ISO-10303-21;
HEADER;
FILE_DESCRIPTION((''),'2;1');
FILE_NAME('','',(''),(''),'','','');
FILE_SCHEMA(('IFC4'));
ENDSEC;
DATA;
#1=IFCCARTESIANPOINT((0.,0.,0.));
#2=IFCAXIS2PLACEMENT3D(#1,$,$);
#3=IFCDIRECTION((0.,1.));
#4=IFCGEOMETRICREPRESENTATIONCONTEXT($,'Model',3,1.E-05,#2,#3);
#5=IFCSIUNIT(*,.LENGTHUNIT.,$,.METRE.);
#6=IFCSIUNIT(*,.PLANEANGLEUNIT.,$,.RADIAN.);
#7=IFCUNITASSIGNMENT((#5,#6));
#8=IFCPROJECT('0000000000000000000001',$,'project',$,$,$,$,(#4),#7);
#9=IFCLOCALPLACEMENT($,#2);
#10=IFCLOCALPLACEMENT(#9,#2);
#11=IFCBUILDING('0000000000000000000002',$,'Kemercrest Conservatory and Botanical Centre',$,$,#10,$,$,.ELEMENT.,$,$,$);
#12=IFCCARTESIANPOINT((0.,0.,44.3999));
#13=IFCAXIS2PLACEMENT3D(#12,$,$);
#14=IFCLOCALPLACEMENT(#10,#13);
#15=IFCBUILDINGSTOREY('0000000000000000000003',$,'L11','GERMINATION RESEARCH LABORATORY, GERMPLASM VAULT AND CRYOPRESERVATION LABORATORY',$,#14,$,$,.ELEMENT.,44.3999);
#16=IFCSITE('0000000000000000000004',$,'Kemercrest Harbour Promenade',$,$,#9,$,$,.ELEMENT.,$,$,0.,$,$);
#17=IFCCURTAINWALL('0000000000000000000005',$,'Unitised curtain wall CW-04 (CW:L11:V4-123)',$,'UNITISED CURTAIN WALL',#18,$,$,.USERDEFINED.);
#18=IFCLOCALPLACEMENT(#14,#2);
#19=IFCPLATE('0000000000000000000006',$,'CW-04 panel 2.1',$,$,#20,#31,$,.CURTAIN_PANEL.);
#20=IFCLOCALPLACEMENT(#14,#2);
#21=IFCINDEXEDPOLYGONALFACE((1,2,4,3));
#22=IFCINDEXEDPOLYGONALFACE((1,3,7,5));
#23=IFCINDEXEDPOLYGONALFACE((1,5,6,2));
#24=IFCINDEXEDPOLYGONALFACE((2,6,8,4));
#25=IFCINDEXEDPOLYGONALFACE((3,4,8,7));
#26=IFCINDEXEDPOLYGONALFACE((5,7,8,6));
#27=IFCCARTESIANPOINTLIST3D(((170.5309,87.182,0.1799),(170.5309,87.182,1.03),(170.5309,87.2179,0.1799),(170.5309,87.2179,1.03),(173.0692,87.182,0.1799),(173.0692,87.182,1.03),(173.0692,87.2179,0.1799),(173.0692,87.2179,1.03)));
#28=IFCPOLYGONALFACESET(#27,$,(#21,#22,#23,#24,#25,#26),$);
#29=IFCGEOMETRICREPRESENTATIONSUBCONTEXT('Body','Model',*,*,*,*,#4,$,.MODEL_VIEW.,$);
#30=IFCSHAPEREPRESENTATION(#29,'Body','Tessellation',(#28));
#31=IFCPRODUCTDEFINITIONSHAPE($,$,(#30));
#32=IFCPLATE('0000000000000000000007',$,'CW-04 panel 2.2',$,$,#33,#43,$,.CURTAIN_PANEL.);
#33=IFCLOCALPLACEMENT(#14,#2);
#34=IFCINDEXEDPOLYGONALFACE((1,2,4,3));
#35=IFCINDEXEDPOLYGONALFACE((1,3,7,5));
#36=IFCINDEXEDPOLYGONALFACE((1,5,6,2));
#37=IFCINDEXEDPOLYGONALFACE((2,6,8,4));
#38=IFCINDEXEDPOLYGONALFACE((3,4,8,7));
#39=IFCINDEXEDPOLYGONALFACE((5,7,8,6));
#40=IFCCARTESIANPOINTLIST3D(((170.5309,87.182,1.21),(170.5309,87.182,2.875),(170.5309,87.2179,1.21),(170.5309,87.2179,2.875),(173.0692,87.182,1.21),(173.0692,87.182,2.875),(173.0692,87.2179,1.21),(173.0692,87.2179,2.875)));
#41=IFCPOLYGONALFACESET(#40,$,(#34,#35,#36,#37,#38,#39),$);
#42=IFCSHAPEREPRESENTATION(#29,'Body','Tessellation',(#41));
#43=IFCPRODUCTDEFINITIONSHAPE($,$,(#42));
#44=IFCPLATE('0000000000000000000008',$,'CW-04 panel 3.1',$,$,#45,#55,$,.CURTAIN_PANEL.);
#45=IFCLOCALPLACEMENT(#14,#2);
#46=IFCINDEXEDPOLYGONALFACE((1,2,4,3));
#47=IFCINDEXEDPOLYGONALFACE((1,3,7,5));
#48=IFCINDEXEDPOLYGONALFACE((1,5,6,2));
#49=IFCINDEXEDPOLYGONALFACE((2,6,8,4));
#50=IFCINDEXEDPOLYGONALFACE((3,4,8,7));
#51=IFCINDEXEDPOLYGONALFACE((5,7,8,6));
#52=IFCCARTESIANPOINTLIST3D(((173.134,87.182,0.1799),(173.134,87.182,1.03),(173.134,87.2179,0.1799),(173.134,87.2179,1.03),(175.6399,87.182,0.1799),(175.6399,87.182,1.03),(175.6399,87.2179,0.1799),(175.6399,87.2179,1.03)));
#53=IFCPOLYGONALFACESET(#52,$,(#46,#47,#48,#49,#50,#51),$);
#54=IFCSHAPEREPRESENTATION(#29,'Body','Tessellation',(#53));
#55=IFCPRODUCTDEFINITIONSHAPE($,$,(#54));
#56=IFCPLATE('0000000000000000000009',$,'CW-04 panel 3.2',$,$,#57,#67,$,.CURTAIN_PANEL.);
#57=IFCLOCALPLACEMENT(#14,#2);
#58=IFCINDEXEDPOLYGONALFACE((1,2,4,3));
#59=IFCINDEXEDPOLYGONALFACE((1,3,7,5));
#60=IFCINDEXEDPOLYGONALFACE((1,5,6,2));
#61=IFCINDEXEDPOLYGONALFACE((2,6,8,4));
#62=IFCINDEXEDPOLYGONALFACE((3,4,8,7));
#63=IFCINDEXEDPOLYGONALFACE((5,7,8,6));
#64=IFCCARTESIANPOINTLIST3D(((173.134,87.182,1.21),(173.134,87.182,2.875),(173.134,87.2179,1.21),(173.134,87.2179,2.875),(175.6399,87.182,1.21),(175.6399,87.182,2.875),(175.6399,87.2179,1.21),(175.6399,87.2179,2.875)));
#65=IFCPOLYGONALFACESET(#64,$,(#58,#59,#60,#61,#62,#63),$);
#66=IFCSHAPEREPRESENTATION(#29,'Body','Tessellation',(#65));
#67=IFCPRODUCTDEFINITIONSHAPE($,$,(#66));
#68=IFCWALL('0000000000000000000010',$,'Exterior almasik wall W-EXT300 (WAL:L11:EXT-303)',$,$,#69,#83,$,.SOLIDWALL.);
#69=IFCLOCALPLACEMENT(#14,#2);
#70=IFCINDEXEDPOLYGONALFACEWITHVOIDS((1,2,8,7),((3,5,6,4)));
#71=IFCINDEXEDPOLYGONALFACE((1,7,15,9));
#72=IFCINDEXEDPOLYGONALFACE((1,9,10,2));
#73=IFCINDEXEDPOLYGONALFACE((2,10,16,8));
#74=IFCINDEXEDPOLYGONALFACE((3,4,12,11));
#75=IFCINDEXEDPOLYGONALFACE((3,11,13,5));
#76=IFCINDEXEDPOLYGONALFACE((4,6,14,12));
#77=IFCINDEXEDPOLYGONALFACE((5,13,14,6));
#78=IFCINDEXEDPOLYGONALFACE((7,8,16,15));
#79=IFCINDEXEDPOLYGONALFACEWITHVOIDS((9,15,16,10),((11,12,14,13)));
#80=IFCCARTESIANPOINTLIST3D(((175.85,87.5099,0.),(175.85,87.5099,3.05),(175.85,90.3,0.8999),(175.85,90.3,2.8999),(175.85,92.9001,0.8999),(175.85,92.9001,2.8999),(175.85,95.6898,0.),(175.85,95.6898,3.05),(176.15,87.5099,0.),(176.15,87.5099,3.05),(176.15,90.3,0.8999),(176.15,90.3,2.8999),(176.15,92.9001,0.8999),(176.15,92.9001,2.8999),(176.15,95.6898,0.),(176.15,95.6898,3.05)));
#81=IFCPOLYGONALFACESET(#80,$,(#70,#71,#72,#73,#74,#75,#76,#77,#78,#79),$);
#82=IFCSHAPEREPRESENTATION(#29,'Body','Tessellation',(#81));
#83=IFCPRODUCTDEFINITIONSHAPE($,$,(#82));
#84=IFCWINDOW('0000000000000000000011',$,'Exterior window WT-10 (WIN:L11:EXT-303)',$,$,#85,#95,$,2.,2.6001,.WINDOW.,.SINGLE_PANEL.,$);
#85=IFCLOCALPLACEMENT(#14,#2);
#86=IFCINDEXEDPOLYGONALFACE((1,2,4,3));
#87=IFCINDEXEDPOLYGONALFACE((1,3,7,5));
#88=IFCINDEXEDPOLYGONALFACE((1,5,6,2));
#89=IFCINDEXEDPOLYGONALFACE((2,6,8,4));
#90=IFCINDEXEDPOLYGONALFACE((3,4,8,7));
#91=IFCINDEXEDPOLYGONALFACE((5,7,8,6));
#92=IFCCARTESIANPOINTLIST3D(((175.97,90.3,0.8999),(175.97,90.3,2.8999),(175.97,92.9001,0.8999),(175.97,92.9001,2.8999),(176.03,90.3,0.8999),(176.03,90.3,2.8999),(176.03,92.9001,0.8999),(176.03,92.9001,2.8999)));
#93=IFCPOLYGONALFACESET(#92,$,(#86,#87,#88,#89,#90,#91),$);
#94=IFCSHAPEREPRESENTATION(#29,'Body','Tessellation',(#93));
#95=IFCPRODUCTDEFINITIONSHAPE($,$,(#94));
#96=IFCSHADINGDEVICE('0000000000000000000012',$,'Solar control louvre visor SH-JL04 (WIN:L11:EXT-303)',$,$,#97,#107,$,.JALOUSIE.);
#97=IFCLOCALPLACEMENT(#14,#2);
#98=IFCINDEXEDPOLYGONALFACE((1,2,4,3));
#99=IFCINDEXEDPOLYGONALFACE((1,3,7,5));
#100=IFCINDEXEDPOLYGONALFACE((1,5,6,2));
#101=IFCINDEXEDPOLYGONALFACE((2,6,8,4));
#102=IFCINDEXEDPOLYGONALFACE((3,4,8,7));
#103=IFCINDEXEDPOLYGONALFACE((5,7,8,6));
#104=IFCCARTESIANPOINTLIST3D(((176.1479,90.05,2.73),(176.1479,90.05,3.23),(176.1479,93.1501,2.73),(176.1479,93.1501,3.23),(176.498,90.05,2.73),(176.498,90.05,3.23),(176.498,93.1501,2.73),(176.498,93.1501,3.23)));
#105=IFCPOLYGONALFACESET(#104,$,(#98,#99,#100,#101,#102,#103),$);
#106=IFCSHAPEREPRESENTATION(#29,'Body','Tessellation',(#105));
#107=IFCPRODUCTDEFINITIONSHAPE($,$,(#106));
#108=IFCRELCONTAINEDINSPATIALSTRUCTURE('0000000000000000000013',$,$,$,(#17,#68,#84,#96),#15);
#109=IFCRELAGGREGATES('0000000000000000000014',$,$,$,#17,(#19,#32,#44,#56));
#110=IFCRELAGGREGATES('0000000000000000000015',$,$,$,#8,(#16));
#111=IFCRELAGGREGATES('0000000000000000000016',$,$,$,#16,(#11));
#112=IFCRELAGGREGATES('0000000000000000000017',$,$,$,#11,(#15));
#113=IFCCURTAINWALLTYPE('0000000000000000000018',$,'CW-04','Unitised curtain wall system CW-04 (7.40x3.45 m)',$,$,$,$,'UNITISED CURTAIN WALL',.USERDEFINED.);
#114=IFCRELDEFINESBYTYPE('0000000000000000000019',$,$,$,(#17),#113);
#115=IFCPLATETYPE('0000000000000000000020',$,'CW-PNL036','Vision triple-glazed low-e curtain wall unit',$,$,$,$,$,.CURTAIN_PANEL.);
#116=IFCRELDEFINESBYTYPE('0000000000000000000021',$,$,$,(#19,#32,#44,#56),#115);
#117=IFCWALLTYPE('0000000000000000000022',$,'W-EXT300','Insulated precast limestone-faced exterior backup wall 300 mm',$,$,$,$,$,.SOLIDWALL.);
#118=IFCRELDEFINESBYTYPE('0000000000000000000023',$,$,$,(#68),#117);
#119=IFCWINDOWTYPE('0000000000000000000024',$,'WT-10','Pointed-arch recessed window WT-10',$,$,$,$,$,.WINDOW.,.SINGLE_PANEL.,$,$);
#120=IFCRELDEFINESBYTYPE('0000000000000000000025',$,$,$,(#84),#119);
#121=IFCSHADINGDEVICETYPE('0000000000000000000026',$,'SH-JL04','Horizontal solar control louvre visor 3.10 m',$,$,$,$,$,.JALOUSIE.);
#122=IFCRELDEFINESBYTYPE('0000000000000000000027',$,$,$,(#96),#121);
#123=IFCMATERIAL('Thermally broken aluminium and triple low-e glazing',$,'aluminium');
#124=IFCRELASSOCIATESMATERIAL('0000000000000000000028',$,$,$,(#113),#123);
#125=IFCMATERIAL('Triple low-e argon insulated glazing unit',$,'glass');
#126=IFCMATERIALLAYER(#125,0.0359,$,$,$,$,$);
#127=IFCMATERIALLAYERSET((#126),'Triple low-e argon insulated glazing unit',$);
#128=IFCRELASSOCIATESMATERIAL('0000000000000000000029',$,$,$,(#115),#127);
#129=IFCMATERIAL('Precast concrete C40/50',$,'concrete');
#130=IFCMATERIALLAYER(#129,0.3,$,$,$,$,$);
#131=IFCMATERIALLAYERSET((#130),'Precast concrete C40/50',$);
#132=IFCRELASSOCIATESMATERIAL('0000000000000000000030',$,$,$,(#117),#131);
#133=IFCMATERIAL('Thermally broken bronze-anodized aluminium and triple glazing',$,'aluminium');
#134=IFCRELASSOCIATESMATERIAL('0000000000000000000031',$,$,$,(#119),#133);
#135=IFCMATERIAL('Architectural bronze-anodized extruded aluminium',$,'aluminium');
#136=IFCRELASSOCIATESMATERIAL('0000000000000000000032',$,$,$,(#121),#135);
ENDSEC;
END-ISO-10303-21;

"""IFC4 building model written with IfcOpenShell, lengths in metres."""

from ifc_helpers import new_model, si_unit, direction, frame, frame_2d, origin, origin_2d, place, context, subcontext, project, spatial, rectangle, extrude, material, layer, layer_set, type_object, element, fill, aggregate, save


model = new_model("IFC4")

# Units and contexts
model_context = context("Model", 3, precision=1e-05, world=origin(), true_north=direction((0.0, 1.0)))
body_context = subcontext(model_context, "Body", "Model", "MODEL_VIEW")
ifc_project = project(units=[si_unit("LENGTHUNIT", "METRE"), si_unit("PLANEANGLEUNIT", "RADIAN")], contexts=[model_context])

# Site, building, storey
site_placement = place(None, origin())
site = spatial("IfcSite", under=ifc_project, at=site_placement, Name="Kemercrest Harbour Promenade", CompositionType="ELEMENT", RefElevation=0.0)
building_placement = place(site_placement, origin())
building = spatial("IfcBuilding", under=site, at=building_placement, Name="Kemercrest Conservatory and Botanical Centre", CompositionType="ELEMENT")
storey_placement = place(building_placement, frame((0.0, 0.0, 44.3999)))
storey = spatial("IfcBuildingStorey", under=building, at=storey_placement, Name="L11", Description="GERMINATION RESEARCH LABORATORY, GERMPLASM VAULT AND CRYOPRESERVATION LABORATORY", CompositionType="ELEMENT", Elevation=44.3999)

# Curtain wall
ifc_material_1 = material(Name="Thermally broken aluminium and triple low-e glazing", Category="aluminium")
curtain_wall_type = type_object("IfcCurtainWallType", Name="CW-04", Description="Unitised curtain wall system CW-04 (7.40x3.45 m)", ElementType="UNITISED CURTAIN WALL", PredefinedType="USERDEFINED", material=ifc_material_1)
curtain_wall_placement = place(storey_placement, origin())
curtain_wall = element("IfcCurtainWall", 1, at=curtain_wall_placement, inside=storey, type_object=curtain_wall_type, Name="Unitised curtain wall CW-04 (CW:L11:V4-123)", ObjectType="UNITISED CURTAIN WALL", PredefinedType="USERDEFINED")

# Plates
ifc_material_2 = material(Name="Triple low-e argon insulated glazing unit", Category="glass")
ifc_layer_1 = layer(ifc_material_2, 0.0359)
ifc_layer_set_1 = layer_set([ifc_layer_1], Name="Triple low-e argon insulated glazing unit")
plate_type = type_object("IfcPlateType", Name="CW-PNL036", Description="Vision triple-glazed low-e curtain wall unit", PredefinedType="CURTAIN_PANEL", material=ifc_layer_set_1)
plate_1_placement = place(storey_placement, frame((171.8, 87.2, 0.1799), z_axis=(0.0, 0.0, 1.0), x_axis=(1.0, 0.0, 0.0)))
plate_1 = element("IfcPlate", 2, at=plate_1_placement, type_object=plate_type, Name="CW-04 panel 2.1", PredefinedType="CURTAIN_PANEL", context=body_context, shape_type="SweptSolid", body=[
    extrude(rectangle(XDim=2.5383, YDim=0.0359, at=origin_2d()), origin(), (0.0, 0.0, 1.0), 0.8501),
])
plate_2_placement = place(storey_placement, frame((171.8, 87.2, 1.21), z_axis=(0.0, 0.0, 1.0), x_axis=(1.0, 0.0, 0.0)))
plate_2 = element("IfcPlate", 3, at=plate_2_placement, type_object=plate_type, Name="CW-04 panel 2.2", PredefinedType="CURTAIN_PANEL", context=body_context, shape_type="SweptSolid", body=[
    extrude(rectangle(XDim=2.5383, YDim=0.0359, at=origin_2d()), origin(), (0.0, 0.0, 1.0), 1.665),
])
plate_3_placement = place(storey_placement, frame((174.387, 87.2, 0.1799), z_axis=(0.0, 0.0, 1.0), x_axis=(1.0, 0.0, 0.0)))
plate_3 = element("IfcPlate", 4, at=plate_3_placement, type_object=plate_type, Name="CW-04 panel 3.1", PredefinedType="CURTAIN_PANEL", context=body_context, shape_type="SweptSolid", body=[
    extrude(rectangle(XDim=2.5059, YDim=0.0359, at=origin_2d()), origin(), (0.0, 0.0, 1.0), 0.8501),
])
plate_4_placement = place(storey_placement, frame((174.387, 87.2, 1.21), z_axis=(0.0, 0.0, 1.0), x_axis=(1.0, 0.0, 0.0)))
plate_4 = element("IfcPlate", 5, at=plate_4_placement, type_object=plate_type, Name="CW-04 panel 3.2", PredefinedType="CURTAIN_PANEL", context=body_context, shape_type="SweptSolid", body=[
    extrude(rectangle(XDim=2.5059, YDim=0.0359, at=origin_2d()), origin(), (0.0, 0.0, 1.0), 1.665),
])
aggregate(curtain_wall, [plate_1, plate_2, plate_3, plate_4])

# Wall, opening, window
ifc_material_3 = material(Name="Precast concrete C40/50", Category="concrete")
ifc_layer_2 = layer(ifc_material_3, 0.3)
ifc_layer_set_2 = layer_set([ifc_layer_2], Name="Precast concrete C40/50")
wall_type = type_object("IfcWallType", Name="W-EXT300", Description="Insulated precast limestone-faced exterior backup wall 300 mm", PredefinedType="SOLIDWALL", material=ifc_layer_set_2)
wall_placement = place(storey_placement, frame((176.0, 87.51, 0.0), z_axis=(0.0, 0.0, 1.0), x_axis=(0.0, 1.0, 0.0)))
wall = element("IfcWall", 6, at=wall_placement, inside=storey, type_object=wall_type, Name="Exterior almasik wall W-EXT300 (WAL:L11:EXT-303)", PredefinedType="SOLIDWALL", context=body_context, shape_type="SweptSolid", body=[
    extrude(rectangle(XDim=8.1799, YDim=0.3, at=frame_2d((4.0898, 0.0))), origin(), (0.0, 0.0, 1.0), 3.05),
])
opening_placement = place(wall_placement, frame((2.79, 0.0, 0.8999)))
opening = element("IfcOpeningElement", 7, at=opening_placement, cuts=wall, PredefinedType="OPENING", context=body_context, shape_type="SweptSolid", body=[
    extrude(rectangle(XDim=2.6001, YDim=2.0, at=frame_2d((1.3, 1.0))), frame((0.0, 0.1602, 0.0), z_axis=(0.0, -1.0, 0.0), x_axis=(1.0, 0.0, 0.0)), (0.0, 0.0, 1.0), 0.3201),
])
ifc_material_4 = material(Name="Thermally broken bronze-anodized aluminium and triple glazing", Category="aluminium")
window_type = type_object("IfcWindowType", Name="WT-10", Description="Pointed-arch recessed window WT-10", PartitioningType="SINGLE_PANEL", PredefinedType="WINDOW", material=ifc_material_4)
window_placement = place(opening_placement, origin())
window = element("IfcWindow", 8, at=window_placement, inside=storey, type_object=window_type, Name="Exterior window WT-10 (WIN:L11:EXT-303)", OverallHeight=2.0, OverallWidth=2.6001, PartitioningType="SINGLE_PANEL", PredefinedType="WINDOW", context=body_context, shape_type="SweptSolid", body=[
    extrude(rectangle(XDim=2.6001, YDim=2.0, at=frame_2d((1.3, 1.0))), frame((0.0, 0.03, 0.0), z_axis=(0.0, -1.0, 0.0), x_axis=(1.0, 0.0, 0.0)), (0.0, 0.0, 1.0), 0.0601),
])
fill(opening, window)

# Shading device
ifc_material_5 = material(Name="Architectural bronze-anodized extruded aluminium", Category="aluminium")
shading_device_type = type_object("IfcShadingDeviceType", Name="SH-JL04", Description="Horizontal solar control louvre visor 3.10 m", PredefinedType="JALOUSIE", material=ifc_material_5)
shading_device_placement = place(storey_placement, frame((176.323, 91.6001, 2.73), z_axis=(0.0, 0.0, 1.0), x_axis=(0.0, 1.0, 0.0)))
element("IfcShadingDevice", 9, at=shading_device_placement, inside=storey, type_object=shading_device_type, Name="Solar control louvre visor SH-JL04 (WIN:L11:EXT-303)", PredefinedType="JALOUSIE", context=body_context, shape_type="SweptSolid", body=[
    extrude(rectangle(XDim=3.1001, YDim=0.3501, at=origin_2d()), origin(), (0.0, 0.0, 1.0), 0.5),
])

save(model, "model.ifc")
